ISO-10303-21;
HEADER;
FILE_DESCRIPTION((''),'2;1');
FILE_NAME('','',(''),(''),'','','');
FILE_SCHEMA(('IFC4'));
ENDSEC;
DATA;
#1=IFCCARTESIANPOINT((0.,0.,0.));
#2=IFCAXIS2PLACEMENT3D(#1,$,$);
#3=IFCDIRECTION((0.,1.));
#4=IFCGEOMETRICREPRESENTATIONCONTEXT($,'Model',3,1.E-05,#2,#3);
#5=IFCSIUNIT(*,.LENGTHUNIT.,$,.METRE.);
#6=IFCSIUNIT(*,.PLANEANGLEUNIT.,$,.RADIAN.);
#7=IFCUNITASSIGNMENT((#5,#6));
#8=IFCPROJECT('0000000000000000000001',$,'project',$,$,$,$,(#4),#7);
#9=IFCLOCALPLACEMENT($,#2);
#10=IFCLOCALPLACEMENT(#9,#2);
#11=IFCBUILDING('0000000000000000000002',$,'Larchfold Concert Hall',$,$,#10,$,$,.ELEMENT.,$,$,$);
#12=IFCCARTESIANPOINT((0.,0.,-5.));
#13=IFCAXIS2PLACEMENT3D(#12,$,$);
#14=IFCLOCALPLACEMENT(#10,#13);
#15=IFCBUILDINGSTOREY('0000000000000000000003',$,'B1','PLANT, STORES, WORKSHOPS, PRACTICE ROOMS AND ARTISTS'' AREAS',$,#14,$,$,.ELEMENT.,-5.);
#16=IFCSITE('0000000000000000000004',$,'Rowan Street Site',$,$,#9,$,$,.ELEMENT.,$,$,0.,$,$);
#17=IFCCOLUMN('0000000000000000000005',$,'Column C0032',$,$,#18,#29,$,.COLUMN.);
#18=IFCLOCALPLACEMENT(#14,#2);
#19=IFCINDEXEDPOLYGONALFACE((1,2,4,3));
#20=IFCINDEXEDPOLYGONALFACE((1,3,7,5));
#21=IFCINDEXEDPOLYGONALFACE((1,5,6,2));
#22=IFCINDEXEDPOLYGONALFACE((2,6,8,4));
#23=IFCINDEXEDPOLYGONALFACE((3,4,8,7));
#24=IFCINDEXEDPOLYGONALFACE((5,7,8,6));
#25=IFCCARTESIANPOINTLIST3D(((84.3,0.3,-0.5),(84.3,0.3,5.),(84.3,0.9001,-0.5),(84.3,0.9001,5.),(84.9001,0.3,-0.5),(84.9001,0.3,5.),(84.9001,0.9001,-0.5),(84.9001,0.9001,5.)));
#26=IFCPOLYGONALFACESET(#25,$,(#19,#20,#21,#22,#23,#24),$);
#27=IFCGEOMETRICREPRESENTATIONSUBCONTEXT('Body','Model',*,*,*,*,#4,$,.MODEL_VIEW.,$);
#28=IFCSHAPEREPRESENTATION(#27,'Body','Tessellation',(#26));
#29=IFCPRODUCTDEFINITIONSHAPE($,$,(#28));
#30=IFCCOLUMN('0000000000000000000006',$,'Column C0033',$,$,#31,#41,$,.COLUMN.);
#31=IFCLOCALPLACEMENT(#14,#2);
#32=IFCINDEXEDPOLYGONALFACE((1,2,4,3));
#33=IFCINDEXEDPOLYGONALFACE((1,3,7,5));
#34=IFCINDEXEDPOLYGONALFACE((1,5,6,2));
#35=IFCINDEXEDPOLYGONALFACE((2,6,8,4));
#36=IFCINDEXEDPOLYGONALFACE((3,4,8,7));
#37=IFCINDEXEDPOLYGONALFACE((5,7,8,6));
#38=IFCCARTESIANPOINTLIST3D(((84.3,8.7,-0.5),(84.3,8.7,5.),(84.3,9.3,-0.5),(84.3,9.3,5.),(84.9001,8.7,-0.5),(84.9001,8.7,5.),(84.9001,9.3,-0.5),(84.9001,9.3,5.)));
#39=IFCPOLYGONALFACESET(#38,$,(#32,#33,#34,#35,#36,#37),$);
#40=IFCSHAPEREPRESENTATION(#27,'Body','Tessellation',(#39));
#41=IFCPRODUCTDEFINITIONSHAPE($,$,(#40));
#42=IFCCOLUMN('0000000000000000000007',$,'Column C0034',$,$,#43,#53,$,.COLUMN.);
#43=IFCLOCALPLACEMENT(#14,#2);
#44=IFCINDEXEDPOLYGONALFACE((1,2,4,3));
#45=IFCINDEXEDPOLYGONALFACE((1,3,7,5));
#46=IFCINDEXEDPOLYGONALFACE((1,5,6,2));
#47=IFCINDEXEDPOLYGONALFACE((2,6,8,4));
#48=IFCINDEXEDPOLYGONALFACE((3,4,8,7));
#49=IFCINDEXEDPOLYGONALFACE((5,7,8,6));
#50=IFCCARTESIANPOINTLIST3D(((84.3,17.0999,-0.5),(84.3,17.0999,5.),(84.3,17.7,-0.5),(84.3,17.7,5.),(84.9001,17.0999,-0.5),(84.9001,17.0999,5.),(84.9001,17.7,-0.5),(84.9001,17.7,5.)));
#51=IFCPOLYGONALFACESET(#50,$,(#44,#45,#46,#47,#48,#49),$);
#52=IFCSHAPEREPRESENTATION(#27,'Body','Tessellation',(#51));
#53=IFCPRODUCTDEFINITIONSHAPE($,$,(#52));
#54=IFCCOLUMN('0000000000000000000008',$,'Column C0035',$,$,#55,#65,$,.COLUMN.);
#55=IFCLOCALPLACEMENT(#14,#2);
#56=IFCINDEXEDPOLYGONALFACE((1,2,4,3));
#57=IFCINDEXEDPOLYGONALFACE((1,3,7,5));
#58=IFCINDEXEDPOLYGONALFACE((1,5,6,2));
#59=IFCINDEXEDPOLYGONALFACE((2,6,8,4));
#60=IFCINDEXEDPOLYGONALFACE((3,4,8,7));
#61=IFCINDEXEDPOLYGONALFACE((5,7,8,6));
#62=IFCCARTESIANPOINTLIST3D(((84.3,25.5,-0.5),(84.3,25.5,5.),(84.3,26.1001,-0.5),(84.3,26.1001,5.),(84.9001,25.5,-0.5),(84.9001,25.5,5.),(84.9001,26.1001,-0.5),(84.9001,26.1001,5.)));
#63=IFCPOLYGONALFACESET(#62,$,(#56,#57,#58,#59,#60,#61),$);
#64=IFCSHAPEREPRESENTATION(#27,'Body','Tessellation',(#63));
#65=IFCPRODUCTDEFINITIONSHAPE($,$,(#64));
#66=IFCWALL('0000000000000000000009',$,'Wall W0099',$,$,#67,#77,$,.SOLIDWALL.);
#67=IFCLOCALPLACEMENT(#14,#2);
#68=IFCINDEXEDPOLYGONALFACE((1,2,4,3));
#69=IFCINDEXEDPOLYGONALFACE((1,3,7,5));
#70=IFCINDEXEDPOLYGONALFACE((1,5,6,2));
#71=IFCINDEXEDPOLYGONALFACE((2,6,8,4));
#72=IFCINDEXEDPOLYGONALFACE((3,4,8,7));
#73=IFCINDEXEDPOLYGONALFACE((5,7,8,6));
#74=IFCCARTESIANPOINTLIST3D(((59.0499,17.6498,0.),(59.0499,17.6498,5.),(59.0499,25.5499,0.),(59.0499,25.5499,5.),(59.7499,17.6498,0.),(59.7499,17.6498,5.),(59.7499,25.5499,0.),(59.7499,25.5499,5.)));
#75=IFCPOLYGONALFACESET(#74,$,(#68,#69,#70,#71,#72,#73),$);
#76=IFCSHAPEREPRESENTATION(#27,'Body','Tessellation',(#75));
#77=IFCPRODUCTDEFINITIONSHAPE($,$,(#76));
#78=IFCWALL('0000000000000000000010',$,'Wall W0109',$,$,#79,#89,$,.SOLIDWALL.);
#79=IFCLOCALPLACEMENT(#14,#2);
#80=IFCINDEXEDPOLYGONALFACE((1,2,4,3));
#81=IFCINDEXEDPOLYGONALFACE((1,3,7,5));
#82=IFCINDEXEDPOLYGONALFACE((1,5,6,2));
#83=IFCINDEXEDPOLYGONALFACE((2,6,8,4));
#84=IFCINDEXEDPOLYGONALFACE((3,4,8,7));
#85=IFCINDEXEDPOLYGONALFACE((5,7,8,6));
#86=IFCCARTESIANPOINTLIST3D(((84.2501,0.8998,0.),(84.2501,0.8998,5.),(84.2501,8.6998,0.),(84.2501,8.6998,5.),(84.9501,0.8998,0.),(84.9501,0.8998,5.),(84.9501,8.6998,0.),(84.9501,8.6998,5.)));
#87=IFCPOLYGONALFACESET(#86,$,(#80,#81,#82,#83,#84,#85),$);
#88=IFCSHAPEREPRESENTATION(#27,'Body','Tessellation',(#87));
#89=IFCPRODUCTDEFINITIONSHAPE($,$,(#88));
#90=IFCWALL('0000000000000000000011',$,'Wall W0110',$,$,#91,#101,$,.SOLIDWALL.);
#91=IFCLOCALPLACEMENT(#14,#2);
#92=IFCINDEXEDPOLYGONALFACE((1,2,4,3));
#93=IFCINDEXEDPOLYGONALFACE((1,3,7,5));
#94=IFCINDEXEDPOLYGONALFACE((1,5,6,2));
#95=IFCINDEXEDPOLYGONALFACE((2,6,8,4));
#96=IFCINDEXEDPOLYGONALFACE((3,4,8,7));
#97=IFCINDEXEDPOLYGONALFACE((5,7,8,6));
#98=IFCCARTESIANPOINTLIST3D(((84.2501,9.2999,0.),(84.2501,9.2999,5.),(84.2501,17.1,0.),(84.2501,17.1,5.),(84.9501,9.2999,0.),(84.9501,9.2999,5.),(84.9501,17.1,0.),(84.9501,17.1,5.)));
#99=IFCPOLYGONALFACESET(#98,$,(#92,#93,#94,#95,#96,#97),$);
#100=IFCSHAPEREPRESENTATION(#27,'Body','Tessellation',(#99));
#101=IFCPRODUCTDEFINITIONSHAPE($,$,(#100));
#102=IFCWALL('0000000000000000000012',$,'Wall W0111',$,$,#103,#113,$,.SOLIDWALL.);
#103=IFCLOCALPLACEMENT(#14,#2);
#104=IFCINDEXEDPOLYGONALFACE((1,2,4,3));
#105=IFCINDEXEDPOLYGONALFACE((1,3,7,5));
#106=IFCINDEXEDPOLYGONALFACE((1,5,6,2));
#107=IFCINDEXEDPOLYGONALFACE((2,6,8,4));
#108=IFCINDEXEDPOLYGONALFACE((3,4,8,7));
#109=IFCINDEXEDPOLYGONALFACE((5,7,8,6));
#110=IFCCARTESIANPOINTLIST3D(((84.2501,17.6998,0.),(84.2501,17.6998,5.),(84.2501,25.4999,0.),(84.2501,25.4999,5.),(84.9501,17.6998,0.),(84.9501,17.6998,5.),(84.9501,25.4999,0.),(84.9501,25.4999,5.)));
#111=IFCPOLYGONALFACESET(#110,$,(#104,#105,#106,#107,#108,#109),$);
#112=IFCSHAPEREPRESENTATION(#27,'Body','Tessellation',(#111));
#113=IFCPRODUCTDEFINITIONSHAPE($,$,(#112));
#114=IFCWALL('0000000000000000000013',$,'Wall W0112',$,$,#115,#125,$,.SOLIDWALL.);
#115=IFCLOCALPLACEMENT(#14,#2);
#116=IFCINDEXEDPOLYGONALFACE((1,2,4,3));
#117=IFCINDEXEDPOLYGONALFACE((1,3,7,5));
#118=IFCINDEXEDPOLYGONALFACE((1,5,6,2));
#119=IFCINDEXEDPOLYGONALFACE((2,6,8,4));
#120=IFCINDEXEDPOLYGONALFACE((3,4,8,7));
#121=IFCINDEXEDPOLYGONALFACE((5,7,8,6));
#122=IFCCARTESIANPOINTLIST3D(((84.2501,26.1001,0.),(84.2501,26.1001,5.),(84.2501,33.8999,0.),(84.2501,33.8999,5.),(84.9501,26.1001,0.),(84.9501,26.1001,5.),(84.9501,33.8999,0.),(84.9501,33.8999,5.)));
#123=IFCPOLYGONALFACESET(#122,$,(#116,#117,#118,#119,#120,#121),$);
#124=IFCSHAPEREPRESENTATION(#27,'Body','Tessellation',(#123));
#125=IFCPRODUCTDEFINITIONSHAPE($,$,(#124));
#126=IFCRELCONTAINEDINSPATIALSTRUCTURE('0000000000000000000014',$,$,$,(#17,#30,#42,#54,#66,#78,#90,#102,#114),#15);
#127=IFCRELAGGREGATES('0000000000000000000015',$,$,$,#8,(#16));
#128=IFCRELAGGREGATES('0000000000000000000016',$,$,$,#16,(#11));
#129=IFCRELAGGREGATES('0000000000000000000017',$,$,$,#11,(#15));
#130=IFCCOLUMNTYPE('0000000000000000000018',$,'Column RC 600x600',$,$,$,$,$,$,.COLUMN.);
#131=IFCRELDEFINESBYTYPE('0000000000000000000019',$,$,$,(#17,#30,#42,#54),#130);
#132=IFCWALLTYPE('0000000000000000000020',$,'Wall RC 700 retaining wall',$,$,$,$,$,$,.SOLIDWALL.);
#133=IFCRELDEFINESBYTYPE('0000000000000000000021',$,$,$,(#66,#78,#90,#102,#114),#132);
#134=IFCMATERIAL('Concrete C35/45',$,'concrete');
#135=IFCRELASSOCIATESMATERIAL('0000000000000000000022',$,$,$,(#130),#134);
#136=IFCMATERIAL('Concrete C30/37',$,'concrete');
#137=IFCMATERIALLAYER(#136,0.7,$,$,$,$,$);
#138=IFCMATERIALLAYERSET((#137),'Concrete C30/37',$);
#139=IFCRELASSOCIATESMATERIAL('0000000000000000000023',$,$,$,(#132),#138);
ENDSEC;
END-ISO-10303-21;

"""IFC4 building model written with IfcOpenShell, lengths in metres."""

from ifc_helpers import new_model, si_unit, direction, frame, frame_2d, origin, origin_2d, place, context, subcontext, project, spatial, rectangle, extrude, material, layer, layer_set, material_profile, profile_set, type_object, element, save


model = new_model("IFC4")

# Units and contexts
model_context = context("Model", 3, precision=1e-05, world=origin(), true_north=direction((0.0, 1.0)))
body_context = subcontext(model_context, "Body", "Model", "MODEL_VIEW")
ifc_project = project(units=[si_unit("LENGTHUNIT", "METRE"), si_unit("PLANEANGLEUNIT", "RADIAN")], contexts=[model_context])

# Site, building, storey
site_placement = place(None, origin())
site = spatial("IfcSite", under=ifc_project, at=site_placement, Name="Rowan Street Site", CompositionType="ELEMENT", RefElevation=0.0)
building_placement = place(site_placement, origin())
building = spatial("IfcBuilding", under=site, at=building_placement, Name="Larchfold Concert Hall", CompositionType="ELEMENT")
storey_placement = place(building_placement, frame((0.0, 0.0, -5.0)))
storey = spatial("IfcBuildingStorey", under=building, at=storey_placement, Name="B1", Description="PLANT, STORES, WORKSHOPS, PRACTICE ROOMS AND ARTISTS' AREAS", CompositionType="ELEMENT", Elevation=-5.0)

# Columns
ifc_material_1 = material(Name="Concrete C35/45", Category="concrete")
ifc_material_profile_1 = material_profile(ifc_material_1, rectangle(XDim=0.6001, YDim=0.6001, at=origin_2d()))
ifc_profile_set_1 = profile_set([ifc_material_profile_1], Name="Concrete C35/45")
column_type_1 = type_object("IfcColumnType", Name="Column RC 600x600", PredefinedType="COLUMN", material=ifc_profile_set_1)
for number, where, z_axis, x_axis, name in (
    (1, (84.6001, 0.6001, -0.5), (0.0, 0.0, 1.0), (1.0, 0.0, 0.0), "Column C0032"),
    (2, (84.6001, 9.0, -0.5), (0.0, 0.0, 1.0), (1.0, 0.0, 0.0), "Column C0033"),
    (3, (84.6001, 17.3999, -0.5), (0.0, 0.0, 1.0), (1.0, 0.0, 0.0), "Column C0034"),
    (4, (84.6001, 25.8, -0.5), (0.0, 0.0, 1.0), (1.0, 0.0, 0.0), "Column C0035"),
):
    element("IfcColumn", number, at=place(storey_placement, frame(where, z_axis=z_axis, x_axis=x_axis)), inside=storey, type_object=column_type_1, Name=name, PredefinedType="COLUMN", context=body_context, shape_type="SweptSolid", body=[
        extrude(rectangle(XDim=0.6001, YDim=0.6001, at=origin_2d()), origin(), (0.0, 0.0, 1.0), 5.5),
    ])

# Walls
ifc_material_2 = material(Name="Concrete C30/37", Category="concrete")
ifc_layer = layer(ifc_material_2, 0.7)
ifc_layer_set = layer_set([ifc_layer], Name="Concrete C30/37")
wall_type = type_object("IfcWallType", Name="Wall RC 700 retaining wall", PredefinedType="SOLIDWALL", material=ifc_layer_set)
wall_1_placement = place(storey_placement, frame((59.3999, 25.55, 0.0), z_axis=(0.0, 0.0, 1.0), x_axis=(0.0, -1.0, 0.0)))
element("IfcWall", 5, at=wall_1_placement, inside=storey, type_object=wall_type, Name="Wall W0099", PredefinedType="SOLIDWALL", context=body_context, shape_type="SweptSolid", body=[
    extrude(rectangle(XDim=7.9001, YDim=0.7, at=frame_2d((3.9502, 0.0))), origin(), (0.0, 0.0, 1.0), 5.0),
])
for number, where, z_axis, x_axis, name in (
    (6, (84.6001, 0.8999, 0.0), (0.0, 0.0, 1.0), (0.0, 1.0, 0.0), "Wall W0109"),
    (7, (84.6001, 9.3, 0.0), (0.0, 0.0, 1.0), (0.0, 1.0, 0.0), "Wall W0110"),
    (8, (84.6001, 17.7, 0.0), (0.0, 0.0, 1.0), (0.0, 1.0, 0.0), "Wall W0111"),
):
    element("IfcWall", number, at=place(storey_placement, frame(where, z_axis=z_axis, x_axis=x_axis)), inside=storey, type_object=wall_type, Name=name, PredefinedType="SOLIDWALL", context=body_context, shape_type="SweptSolid", body=[
        extrude(rectangle(XDim=7.8, YDim=0.7, at=frame_2d((3.8999, 0.0))), origin(), (0.0, 0.0, 1.0), 5.0),
    ])
wall_2_placement = place(storey_placement, frame((84.6001, 26.1001, 0.0), z_axis=(0.0, 0.0, 1.0), x_axis=(0.0, 1.0, 0.0)))
element("IfcWall", 9, at=wall_2_placement, inside=storey, type_object=wall_type, Name="Wall W0112", PredefinedType="SOLIDWALL", context=body_context, shape_type="SweptSolid", body=[
    extrude(rectangle(XDim=7.7998, YDim=0.7, at=frame_2d((3.8999, 0.0))), origin(), (0.0, 0.0, 1.0), 5.0),
])

save(model, "model.ifc")
